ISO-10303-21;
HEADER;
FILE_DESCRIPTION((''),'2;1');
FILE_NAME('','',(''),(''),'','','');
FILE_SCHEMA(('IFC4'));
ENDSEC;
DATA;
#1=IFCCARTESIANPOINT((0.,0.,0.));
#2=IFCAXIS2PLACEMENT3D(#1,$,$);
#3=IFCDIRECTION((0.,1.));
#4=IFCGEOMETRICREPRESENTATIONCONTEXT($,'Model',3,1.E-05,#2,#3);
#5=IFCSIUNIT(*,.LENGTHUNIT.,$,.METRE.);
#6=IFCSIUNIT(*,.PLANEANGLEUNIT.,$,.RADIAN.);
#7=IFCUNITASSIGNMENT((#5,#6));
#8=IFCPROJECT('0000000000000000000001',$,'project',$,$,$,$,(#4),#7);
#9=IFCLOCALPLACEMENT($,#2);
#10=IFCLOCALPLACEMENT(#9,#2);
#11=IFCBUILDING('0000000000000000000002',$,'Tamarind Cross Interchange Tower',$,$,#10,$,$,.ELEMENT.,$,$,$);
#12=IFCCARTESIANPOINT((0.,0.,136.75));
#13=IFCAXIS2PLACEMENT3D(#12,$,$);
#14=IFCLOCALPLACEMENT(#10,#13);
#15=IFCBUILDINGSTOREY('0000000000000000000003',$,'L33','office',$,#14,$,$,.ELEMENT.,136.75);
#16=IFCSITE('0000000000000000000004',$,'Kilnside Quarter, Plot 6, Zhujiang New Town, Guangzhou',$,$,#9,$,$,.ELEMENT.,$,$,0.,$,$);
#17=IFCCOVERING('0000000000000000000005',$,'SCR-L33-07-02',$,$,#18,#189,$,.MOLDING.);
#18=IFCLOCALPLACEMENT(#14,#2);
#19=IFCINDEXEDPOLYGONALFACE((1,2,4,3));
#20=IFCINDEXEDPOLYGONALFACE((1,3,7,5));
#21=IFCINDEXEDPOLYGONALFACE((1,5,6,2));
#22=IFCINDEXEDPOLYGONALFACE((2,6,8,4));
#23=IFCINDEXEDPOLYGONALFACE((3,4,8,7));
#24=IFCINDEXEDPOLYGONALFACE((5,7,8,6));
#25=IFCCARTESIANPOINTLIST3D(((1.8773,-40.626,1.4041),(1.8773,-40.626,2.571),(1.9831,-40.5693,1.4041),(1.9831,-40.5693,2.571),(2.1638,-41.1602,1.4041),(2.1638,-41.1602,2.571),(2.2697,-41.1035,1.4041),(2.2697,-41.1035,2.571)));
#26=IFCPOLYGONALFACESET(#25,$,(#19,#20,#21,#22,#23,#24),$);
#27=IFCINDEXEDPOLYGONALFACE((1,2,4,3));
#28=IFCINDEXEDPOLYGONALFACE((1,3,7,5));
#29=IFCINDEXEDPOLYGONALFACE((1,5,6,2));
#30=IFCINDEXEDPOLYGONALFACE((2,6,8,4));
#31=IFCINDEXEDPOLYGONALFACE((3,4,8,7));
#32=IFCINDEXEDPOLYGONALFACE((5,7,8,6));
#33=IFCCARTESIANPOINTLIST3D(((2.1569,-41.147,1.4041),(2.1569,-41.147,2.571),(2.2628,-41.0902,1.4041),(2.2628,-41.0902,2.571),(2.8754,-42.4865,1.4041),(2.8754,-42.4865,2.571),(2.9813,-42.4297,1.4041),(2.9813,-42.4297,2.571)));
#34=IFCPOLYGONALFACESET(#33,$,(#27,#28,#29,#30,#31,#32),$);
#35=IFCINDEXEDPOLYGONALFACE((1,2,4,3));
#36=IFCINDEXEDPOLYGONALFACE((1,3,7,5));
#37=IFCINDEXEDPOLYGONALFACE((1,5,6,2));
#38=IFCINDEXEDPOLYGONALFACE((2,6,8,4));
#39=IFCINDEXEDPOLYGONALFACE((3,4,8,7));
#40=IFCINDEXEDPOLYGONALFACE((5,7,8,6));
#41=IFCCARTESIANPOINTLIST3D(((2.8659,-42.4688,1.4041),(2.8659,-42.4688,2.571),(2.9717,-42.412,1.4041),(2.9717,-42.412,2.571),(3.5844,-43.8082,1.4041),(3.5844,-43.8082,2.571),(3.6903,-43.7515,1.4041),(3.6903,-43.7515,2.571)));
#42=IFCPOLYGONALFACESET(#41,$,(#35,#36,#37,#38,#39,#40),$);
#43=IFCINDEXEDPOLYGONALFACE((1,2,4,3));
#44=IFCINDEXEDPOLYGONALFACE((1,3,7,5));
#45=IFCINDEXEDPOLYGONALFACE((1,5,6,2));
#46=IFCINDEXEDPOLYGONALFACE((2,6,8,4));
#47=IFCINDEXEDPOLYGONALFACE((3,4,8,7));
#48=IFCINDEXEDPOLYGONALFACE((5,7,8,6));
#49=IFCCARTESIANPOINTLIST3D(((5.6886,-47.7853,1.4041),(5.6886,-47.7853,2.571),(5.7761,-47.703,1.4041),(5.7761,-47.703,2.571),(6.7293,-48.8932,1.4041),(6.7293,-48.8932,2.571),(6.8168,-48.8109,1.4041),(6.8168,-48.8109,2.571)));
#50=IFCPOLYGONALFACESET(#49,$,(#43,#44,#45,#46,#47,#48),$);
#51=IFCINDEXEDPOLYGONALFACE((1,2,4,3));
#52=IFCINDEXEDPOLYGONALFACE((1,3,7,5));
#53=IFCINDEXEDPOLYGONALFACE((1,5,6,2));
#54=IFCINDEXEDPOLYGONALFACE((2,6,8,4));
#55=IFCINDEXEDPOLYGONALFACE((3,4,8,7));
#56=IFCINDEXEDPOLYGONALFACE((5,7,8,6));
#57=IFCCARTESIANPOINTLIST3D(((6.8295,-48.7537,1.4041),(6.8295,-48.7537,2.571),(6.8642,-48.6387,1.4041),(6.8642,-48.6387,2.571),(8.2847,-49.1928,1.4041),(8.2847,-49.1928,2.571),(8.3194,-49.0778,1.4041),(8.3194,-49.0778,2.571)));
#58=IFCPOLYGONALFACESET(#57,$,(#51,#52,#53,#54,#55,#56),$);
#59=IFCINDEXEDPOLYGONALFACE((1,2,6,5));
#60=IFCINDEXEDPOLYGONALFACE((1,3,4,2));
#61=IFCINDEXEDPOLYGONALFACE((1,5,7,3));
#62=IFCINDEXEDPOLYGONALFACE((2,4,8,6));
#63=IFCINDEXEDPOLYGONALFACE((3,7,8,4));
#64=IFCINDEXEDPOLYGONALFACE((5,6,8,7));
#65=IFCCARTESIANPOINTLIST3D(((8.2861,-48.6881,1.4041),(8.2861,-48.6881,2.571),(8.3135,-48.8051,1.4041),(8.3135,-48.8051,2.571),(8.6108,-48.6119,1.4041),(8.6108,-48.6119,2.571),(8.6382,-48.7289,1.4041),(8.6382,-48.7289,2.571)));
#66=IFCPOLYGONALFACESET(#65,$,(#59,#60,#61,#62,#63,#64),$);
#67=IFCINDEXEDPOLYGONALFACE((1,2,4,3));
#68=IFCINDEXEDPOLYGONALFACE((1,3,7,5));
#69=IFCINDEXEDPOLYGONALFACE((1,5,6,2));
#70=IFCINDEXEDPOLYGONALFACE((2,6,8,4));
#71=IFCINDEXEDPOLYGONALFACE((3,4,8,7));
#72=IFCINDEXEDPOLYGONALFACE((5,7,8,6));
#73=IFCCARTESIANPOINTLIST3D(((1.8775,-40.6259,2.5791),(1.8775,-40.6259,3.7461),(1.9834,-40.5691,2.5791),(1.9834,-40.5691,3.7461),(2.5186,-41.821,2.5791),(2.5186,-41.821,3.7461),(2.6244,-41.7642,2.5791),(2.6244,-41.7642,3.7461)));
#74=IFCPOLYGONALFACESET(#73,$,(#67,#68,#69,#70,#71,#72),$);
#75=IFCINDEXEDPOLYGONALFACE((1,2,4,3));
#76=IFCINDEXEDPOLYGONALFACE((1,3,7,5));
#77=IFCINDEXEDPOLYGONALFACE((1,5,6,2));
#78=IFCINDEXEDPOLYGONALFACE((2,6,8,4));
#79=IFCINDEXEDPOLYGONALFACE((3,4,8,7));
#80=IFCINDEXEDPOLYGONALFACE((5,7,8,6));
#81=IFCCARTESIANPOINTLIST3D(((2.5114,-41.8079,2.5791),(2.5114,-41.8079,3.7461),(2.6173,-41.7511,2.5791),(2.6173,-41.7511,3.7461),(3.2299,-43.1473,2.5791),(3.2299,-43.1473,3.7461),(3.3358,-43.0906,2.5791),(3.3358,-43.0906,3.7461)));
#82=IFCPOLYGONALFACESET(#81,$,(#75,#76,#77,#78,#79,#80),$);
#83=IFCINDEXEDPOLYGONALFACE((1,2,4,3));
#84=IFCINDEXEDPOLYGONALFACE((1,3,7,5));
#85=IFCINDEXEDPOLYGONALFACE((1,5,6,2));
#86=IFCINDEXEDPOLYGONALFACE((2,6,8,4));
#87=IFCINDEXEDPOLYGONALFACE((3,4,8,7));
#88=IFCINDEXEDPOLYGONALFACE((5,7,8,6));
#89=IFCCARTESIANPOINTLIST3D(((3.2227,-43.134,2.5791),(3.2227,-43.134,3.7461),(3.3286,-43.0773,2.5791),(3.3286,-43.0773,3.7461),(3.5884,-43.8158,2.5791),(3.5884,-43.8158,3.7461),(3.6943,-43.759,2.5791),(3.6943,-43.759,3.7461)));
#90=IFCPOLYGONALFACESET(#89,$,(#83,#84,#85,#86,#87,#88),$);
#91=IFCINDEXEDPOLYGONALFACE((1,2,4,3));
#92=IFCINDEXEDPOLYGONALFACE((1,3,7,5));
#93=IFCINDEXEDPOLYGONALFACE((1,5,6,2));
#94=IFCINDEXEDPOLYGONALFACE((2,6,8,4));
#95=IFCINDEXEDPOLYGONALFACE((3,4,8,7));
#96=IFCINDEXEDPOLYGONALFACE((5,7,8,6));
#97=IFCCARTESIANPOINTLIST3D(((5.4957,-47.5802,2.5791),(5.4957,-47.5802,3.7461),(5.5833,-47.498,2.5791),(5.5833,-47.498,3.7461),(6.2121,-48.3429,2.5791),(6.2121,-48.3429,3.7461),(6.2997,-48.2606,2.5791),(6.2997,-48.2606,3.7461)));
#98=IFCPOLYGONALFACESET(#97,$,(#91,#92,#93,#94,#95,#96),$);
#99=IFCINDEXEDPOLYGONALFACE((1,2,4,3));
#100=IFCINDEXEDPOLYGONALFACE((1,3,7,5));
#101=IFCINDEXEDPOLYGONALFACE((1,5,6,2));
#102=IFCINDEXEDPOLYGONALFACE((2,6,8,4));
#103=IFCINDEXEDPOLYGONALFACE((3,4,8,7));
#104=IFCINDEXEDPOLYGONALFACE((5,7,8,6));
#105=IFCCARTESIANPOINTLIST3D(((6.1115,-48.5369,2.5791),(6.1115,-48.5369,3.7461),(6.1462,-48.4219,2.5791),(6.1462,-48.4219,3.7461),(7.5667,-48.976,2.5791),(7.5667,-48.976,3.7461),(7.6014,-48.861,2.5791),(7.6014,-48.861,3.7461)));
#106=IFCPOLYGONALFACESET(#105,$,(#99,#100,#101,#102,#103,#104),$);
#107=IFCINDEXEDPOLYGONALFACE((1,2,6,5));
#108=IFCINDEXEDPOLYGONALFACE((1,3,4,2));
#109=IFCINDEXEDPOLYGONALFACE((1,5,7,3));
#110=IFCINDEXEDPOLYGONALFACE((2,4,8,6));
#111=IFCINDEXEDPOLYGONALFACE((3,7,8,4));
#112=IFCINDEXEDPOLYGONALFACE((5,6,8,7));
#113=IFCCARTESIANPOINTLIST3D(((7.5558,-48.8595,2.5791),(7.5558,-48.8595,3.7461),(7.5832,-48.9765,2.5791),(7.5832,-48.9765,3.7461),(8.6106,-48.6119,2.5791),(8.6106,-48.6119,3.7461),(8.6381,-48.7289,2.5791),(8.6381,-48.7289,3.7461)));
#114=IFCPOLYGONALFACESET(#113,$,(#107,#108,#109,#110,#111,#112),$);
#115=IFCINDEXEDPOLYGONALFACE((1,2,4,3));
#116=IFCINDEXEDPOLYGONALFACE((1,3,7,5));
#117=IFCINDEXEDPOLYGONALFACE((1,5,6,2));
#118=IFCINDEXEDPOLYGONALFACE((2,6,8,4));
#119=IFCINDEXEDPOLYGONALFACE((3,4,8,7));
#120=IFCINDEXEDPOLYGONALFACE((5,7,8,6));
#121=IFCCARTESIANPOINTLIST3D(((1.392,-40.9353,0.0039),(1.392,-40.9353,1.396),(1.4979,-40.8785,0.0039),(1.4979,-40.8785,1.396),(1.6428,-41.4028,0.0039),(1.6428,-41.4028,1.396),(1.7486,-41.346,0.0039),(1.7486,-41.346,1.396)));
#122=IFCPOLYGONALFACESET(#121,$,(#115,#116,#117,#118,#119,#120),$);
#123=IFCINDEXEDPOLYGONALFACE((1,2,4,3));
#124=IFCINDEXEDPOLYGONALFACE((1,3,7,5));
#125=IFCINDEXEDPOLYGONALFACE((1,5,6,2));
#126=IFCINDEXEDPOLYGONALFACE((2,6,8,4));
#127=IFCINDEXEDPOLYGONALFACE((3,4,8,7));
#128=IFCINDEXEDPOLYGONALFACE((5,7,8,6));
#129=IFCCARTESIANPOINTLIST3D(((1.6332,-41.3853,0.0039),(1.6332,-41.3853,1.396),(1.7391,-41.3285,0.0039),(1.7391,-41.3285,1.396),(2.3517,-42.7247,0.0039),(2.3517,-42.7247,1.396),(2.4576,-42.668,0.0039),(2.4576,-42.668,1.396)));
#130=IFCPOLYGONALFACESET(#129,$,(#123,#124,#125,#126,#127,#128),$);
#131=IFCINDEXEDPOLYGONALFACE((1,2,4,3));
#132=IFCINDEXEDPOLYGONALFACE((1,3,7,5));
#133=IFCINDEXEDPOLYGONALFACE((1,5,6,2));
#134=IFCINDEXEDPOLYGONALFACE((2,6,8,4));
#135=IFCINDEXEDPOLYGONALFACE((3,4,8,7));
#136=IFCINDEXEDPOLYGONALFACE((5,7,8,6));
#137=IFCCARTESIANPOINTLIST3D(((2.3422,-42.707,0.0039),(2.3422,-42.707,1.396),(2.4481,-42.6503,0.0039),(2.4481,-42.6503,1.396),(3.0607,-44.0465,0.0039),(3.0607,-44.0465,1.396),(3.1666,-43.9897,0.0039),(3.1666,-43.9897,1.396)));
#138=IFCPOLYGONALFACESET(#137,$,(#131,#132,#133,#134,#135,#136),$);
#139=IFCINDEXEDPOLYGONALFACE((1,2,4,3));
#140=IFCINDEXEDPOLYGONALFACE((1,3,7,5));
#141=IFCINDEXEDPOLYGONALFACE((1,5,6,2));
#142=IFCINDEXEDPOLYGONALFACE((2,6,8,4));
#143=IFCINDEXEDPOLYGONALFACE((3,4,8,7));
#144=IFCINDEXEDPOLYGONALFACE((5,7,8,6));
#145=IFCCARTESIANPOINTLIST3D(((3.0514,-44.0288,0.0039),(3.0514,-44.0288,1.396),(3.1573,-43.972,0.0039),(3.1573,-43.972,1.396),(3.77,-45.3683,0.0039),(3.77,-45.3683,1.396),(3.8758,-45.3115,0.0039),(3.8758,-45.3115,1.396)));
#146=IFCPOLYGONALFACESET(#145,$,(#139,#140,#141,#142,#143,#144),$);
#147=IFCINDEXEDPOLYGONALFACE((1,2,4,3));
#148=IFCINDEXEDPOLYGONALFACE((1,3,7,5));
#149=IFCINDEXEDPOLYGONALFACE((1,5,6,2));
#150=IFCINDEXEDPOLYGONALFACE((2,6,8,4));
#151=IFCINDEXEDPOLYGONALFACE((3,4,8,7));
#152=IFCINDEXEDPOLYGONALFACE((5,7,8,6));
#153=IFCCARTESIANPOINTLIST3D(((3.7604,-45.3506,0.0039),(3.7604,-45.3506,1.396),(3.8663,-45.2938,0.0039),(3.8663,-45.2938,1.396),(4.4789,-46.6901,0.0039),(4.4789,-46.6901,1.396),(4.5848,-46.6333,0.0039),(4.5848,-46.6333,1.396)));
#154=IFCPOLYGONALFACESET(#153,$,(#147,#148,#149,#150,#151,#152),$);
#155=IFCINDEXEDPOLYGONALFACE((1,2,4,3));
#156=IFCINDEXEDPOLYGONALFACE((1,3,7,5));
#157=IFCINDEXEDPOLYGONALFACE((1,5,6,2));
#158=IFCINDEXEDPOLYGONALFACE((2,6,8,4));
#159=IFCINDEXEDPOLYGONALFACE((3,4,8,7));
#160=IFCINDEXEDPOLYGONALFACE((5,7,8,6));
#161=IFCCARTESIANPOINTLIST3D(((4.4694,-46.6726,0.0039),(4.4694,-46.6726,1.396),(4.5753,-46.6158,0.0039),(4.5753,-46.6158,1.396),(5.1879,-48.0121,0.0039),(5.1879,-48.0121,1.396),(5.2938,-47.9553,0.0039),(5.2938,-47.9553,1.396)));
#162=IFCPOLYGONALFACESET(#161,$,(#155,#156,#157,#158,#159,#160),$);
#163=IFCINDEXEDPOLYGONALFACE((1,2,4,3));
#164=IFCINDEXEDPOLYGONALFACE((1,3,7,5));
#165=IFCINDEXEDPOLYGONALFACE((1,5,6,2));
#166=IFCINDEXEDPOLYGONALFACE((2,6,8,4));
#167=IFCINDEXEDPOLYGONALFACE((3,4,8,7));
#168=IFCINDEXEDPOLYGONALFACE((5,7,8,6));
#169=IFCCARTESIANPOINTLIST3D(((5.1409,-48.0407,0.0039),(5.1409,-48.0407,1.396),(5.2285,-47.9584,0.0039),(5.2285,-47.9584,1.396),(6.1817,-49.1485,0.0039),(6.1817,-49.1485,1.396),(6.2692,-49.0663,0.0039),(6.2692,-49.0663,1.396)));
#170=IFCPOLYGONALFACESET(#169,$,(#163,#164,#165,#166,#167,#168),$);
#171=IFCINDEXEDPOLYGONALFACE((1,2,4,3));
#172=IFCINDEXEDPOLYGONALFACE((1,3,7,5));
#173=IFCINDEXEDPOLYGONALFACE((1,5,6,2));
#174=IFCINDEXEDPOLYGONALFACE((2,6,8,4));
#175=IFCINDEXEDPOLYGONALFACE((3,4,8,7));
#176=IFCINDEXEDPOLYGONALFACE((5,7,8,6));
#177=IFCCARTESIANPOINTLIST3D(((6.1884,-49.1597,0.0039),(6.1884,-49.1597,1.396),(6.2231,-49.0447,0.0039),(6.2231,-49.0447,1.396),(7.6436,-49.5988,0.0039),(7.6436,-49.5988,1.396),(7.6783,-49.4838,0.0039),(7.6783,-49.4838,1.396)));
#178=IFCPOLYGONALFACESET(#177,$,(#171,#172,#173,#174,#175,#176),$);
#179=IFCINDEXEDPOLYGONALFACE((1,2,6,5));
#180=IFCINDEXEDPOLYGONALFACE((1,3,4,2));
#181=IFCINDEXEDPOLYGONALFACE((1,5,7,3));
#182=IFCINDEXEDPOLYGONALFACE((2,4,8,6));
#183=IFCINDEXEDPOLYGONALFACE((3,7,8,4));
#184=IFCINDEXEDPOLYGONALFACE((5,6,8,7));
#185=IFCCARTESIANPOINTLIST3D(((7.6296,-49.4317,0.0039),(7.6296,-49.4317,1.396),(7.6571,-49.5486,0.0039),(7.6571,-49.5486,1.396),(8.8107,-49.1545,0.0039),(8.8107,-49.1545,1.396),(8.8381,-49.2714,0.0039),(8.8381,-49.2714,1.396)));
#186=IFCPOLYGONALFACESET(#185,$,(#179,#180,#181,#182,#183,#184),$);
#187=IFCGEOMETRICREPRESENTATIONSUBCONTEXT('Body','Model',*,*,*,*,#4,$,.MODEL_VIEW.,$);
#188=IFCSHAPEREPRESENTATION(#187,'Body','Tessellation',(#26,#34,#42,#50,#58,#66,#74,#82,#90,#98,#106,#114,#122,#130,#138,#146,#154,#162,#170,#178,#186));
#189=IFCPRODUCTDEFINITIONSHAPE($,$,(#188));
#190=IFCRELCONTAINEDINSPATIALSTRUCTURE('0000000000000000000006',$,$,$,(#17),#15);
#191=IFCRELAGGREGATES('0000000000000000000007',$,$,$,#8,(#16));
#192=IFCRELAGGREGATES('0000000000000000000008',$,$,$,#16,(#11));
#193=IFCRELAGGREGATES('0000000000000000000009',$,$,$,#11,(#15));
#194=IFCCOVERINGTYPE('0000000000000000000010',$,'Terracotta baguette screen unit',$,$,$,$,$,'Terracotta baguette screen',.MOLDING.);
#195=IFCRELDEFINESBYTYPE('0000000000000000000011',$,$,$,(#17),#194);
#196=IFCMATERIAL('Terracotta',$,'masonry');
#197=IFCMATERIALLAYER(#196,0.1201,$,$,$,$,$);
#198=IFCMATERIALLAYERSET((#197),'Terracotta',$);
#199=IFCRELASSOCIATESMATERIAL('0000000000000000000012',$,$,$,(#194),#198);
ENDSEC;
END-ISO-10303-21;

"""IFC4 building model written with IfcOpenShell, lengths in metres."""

from ifc_helpers import new_model, si_unit, direction, frame, origin, origin_2d, place, context, subcontext, project, spatial, rectangle, extrude, material, layer, layer_set, type_object, element, save


model = new_model("IFC4")

# Units and contexts
model_context = context("Model", 3, precision=1e-05, world=origin(), true_north=direction((0.0, 1.0)))
body_context = subcontext(model_context, "Body", "Model", "MODEL_VIEW")
ifc_project = project(units=[si_unit("LENGTHUNIT", "METRE"), si_unit("PLANEANGLEUNIT", "RADIAN")], contexts=[model_context])

# Site, building, storey
site_placement = place(None, origin())
site = spatial("IfcSite", under=ifc_project, at=site_placement, Name="Kilnside Quarter, Plot 6, Zhujiang New Town, Guangzhou", CompositionType="ELEMENT", RefElevation=0.0)
building_placement = place(site_placement, origin())
building = spatial("IfcBuilding", under=site, at=building_placement, Name="Tamarind Cross Interchange Tower", CompositionType="ELEMENT")
storey_placement = place(building_placement, frame((0.0, 0.0, 136.75)))
storey = spatial("IfcBuildingStorey", under=building, at=storey_placement, Name="L33", Description="office", CompositionType="ELEMENT", Elevation=136.75)

# Covering
ifc_material_1 = material(Name="Terracotta", Category="masonry")
ifc_layer_1 = layer(ifc_material_1, 0.1201)
ifc_layer_set_1 = layer_set([ifc_layer_1], Name="Terracotta")
covering_type = type_object("IfcCoveringType", Name="Terracotta baguette screen unit", ElementType="Terracotta baguette screen", PredefinedType="MOLDING", material=ifc_layer_set_1)
covering_1_placement = place(storey_placement, origin())
element("IfcCovering", 1, at=covering_1_placement, inside=storey, type_object=covering_type, Name="SCR-L33-07-02", PredefinedType="MOLDING", context=body_context, shape_type="SweptSolid", body=[
    extrude(rectangle(XDim=0.6062, YDim=0.1201, at=origin_2d()), frame((2.0735, -40.8647, 1.4041), z_axis=(0.0, 0.0, 1.0), x_axis=(0.472698, -0.881224, 0.0)), (0.0, 0.0, 1.0), 1.167),
    extrude(rectangle(XDim=1.52, YDim=0.1201, at=origin_2d()), frame((2.5691, -41.7883, 1.4041), z_axis=(0.0, 0.0, 1.0), x_axis=(0.472698, -0.881224, 0.0)), (0.0, 0.0, 1.0), 1.167),
    extrude(rectangle(XDim=1.52, YDim=0.1201, at=origin_2d()), frame((3.2781, -43.1101, 1.4041), z_axis=(0.0, 0.0, 1.0), x_axis=(0.472698, -0.881224, 0.0)), (0.0, 0.0, 1.0), 1.167),
    extrude(rectangle(XDim=1.52, YDim=0.1201, at=origin_2d()), frame((6.2527, -48.2981, 1.4041), z_axis=(0.0, 0.0, 1.0), x_axis=(0.684669, -0.728854, 0.0)), (0.0, 0.0, 1.0), 1.167),
    extrude(rectangle(XDim=1.52, YDim=0.1201, at=origin_2d()), frame((7.5745, -48.9158, 1.4041), z_axis=(0.0, 0.0, 1.0), x_axis=(0.957368, -0.288871, 0.0)), (0.0, 0.0, 1.0), 1.167),
    extrude(rectangle(XDim=0.3335, YDim=0.1201, at=origin_2d()), frame((8.4622, -48.7085, 1.4041), z_axis=(0.0, 0.0, 1.0), x_axis=(0.973541, 0.228514, 0.0)), (0.0, 0.0, 1.0), 1.167),
    extrude(rectangle(XDim=1.3562, YDim=0.1201, at=origin_2d()), frame((2.251, -41.1951, 2.5791), z_axis=(0.0, 0.0, 1.0), x_axis=(0.472698, -0.881224, 0.0)), (0.0, 0.0, 1.0), 1.167),
    extrude(rectangle(XDim=1.52, YDim=0.1201, at=origin_2d()), frame((2.9236, -42.4492, 2.5791), z_axis=(0.0, 0.0, 1.0), x_axis=(0.472698, -0.881224, 0.0)), (0.0, 0.0, 1.0), 1.167),
    extrude(rectangle(XDim=0.7737, YDim=0.1201, at=origin_2d()), frame((3.4585, -43.4465, 2.5791), z_axis=(0.0, 0.0, 1.0), x_axis=(0.472698, -0.881224, 0.0)), (0.0, 0.0, 1.0), 1.167),
    extrude(rectangle(XDim=1.0464, YDim=0.1201, at=origin_2d()), frame((5.8977, -47.9204, 2.5791), z_axis=(0.0, 0.0, 1.0), x_axis=(0.684669, -0.728854, 0.0)), (0.0, 0.0, 1.0), 1.167),
    extrude(rectangle(XDim=1.52, YDim=0.1201, at=origin_2d()), frame((6.8564, -48.699, 2.5791), z_axis=(0.0, 0.0, 1.0), x_axis=(0.957368, -0.288871, 0.0)), (0.0, 0.0, 1.0), 1.167),
    extrude(rectangle(XDim=1.0835, YDim=0.1201, at=origin_2d()), frame((8.0969, -48.7942, 2.5791), z_axis=(0.0, 0.0, 1.0), x_axis=(0.973541, 0.228514, 0.0)), (0.0, 0.0, 1.0), 1.167),
    extrude(rectangle(XDim=0.5305, YDim=0.1201, at=origin_2d()), frame((1.5703, -41.1406, 0.0039), z_axis=(0.0, 0.0, 1.0), x_axis=(0.472698, -0.881224, 0.0)), (0.0, 0.0, 1.0), 1.3921),
    extrude(rectangle(XDim=1.52, YDim=0.1201, at=origin_2d()), frame((2.0454, -42.0266, 0.0039), z_axis=(0.0, 0.0, 1.0), x_axis=(0.472698, -0.881224, 0.0)), (0.0, 0.0, 1.0), 1.3921),
    extrude(rectangle(XDim=1.52, YDim=0.1201, at=origin_2d()), frame((2.7544, -43.3484, 0.0039), z_axis=(0.0, 0.0, 1.0), x_axis=(0.472698, -0.881224, 0.0)), (0.0, 0.0, 1.0), 1.3921),
    extrude(rectangle(XDim=1.52, YDim=0.1201, at=origin_2d()), frame((3.4636, -44.6702, 0.0039), z_axis=(0.0, 0.0, 1.0), x_axis=(0.472698, -0.881224, 0.0)), (0.0, 0.0, 1.0), 1.3921),
    extrude(rectangle(XDim=1.52, YDim=0.1201, at=origin_2d()), frame((4.1726, -45.9919, 0.0039), z_axis=(0.0, 0.0, 1.0), x_axis=(0.472698, -0.881224, 0.0)), (0.0, 0.0, 1.0), 1.3921),
    extrude(rectangle(XDim=1.52, YDim=0.1201, at=origin_2d()), frame((4.8816, -47.314, 0.0039), z_axis=(0.0, 0.0, 1.0), x_axis=(0.472698, -0.881224, 0.0)), (0.0, 0.0, 1.0), 1.3921),
    extrude(rectangle(XDim=1.52, YDim=0.1201, at=origin_2d()), frame((5.7051, -48.5535, 0.0039), z_axis=(0.0, 0.0, 1.0), x_axis=(0.684669, -0.728854, 0.0)), (0.0, 0.0, 1.0), 1.3921),
    extrude(rectangle(XDim=1.52, YDim=0.1201, at=origin_2d()), frame((6.9333, -49.3218, 0.0039), z_axis=(0.0, 0.0, 1.0), x_axis=(0.957368, -0.288871, 0.0)), (0.0, 0.0, 1.0), 1.3921),
    extrude(rectangle(XDim=1.2131, YDim=0.1201, at=origin_2d()), frame((8.2339, -49.3516, 0.0039), z_axis=(0.0, 0.0, 1.0), x_axis=(0.973541, 0.228514, 0.0)), (0.0, 0.0, 1.0), 1.3921),
])

save(model, "model.ifc")
